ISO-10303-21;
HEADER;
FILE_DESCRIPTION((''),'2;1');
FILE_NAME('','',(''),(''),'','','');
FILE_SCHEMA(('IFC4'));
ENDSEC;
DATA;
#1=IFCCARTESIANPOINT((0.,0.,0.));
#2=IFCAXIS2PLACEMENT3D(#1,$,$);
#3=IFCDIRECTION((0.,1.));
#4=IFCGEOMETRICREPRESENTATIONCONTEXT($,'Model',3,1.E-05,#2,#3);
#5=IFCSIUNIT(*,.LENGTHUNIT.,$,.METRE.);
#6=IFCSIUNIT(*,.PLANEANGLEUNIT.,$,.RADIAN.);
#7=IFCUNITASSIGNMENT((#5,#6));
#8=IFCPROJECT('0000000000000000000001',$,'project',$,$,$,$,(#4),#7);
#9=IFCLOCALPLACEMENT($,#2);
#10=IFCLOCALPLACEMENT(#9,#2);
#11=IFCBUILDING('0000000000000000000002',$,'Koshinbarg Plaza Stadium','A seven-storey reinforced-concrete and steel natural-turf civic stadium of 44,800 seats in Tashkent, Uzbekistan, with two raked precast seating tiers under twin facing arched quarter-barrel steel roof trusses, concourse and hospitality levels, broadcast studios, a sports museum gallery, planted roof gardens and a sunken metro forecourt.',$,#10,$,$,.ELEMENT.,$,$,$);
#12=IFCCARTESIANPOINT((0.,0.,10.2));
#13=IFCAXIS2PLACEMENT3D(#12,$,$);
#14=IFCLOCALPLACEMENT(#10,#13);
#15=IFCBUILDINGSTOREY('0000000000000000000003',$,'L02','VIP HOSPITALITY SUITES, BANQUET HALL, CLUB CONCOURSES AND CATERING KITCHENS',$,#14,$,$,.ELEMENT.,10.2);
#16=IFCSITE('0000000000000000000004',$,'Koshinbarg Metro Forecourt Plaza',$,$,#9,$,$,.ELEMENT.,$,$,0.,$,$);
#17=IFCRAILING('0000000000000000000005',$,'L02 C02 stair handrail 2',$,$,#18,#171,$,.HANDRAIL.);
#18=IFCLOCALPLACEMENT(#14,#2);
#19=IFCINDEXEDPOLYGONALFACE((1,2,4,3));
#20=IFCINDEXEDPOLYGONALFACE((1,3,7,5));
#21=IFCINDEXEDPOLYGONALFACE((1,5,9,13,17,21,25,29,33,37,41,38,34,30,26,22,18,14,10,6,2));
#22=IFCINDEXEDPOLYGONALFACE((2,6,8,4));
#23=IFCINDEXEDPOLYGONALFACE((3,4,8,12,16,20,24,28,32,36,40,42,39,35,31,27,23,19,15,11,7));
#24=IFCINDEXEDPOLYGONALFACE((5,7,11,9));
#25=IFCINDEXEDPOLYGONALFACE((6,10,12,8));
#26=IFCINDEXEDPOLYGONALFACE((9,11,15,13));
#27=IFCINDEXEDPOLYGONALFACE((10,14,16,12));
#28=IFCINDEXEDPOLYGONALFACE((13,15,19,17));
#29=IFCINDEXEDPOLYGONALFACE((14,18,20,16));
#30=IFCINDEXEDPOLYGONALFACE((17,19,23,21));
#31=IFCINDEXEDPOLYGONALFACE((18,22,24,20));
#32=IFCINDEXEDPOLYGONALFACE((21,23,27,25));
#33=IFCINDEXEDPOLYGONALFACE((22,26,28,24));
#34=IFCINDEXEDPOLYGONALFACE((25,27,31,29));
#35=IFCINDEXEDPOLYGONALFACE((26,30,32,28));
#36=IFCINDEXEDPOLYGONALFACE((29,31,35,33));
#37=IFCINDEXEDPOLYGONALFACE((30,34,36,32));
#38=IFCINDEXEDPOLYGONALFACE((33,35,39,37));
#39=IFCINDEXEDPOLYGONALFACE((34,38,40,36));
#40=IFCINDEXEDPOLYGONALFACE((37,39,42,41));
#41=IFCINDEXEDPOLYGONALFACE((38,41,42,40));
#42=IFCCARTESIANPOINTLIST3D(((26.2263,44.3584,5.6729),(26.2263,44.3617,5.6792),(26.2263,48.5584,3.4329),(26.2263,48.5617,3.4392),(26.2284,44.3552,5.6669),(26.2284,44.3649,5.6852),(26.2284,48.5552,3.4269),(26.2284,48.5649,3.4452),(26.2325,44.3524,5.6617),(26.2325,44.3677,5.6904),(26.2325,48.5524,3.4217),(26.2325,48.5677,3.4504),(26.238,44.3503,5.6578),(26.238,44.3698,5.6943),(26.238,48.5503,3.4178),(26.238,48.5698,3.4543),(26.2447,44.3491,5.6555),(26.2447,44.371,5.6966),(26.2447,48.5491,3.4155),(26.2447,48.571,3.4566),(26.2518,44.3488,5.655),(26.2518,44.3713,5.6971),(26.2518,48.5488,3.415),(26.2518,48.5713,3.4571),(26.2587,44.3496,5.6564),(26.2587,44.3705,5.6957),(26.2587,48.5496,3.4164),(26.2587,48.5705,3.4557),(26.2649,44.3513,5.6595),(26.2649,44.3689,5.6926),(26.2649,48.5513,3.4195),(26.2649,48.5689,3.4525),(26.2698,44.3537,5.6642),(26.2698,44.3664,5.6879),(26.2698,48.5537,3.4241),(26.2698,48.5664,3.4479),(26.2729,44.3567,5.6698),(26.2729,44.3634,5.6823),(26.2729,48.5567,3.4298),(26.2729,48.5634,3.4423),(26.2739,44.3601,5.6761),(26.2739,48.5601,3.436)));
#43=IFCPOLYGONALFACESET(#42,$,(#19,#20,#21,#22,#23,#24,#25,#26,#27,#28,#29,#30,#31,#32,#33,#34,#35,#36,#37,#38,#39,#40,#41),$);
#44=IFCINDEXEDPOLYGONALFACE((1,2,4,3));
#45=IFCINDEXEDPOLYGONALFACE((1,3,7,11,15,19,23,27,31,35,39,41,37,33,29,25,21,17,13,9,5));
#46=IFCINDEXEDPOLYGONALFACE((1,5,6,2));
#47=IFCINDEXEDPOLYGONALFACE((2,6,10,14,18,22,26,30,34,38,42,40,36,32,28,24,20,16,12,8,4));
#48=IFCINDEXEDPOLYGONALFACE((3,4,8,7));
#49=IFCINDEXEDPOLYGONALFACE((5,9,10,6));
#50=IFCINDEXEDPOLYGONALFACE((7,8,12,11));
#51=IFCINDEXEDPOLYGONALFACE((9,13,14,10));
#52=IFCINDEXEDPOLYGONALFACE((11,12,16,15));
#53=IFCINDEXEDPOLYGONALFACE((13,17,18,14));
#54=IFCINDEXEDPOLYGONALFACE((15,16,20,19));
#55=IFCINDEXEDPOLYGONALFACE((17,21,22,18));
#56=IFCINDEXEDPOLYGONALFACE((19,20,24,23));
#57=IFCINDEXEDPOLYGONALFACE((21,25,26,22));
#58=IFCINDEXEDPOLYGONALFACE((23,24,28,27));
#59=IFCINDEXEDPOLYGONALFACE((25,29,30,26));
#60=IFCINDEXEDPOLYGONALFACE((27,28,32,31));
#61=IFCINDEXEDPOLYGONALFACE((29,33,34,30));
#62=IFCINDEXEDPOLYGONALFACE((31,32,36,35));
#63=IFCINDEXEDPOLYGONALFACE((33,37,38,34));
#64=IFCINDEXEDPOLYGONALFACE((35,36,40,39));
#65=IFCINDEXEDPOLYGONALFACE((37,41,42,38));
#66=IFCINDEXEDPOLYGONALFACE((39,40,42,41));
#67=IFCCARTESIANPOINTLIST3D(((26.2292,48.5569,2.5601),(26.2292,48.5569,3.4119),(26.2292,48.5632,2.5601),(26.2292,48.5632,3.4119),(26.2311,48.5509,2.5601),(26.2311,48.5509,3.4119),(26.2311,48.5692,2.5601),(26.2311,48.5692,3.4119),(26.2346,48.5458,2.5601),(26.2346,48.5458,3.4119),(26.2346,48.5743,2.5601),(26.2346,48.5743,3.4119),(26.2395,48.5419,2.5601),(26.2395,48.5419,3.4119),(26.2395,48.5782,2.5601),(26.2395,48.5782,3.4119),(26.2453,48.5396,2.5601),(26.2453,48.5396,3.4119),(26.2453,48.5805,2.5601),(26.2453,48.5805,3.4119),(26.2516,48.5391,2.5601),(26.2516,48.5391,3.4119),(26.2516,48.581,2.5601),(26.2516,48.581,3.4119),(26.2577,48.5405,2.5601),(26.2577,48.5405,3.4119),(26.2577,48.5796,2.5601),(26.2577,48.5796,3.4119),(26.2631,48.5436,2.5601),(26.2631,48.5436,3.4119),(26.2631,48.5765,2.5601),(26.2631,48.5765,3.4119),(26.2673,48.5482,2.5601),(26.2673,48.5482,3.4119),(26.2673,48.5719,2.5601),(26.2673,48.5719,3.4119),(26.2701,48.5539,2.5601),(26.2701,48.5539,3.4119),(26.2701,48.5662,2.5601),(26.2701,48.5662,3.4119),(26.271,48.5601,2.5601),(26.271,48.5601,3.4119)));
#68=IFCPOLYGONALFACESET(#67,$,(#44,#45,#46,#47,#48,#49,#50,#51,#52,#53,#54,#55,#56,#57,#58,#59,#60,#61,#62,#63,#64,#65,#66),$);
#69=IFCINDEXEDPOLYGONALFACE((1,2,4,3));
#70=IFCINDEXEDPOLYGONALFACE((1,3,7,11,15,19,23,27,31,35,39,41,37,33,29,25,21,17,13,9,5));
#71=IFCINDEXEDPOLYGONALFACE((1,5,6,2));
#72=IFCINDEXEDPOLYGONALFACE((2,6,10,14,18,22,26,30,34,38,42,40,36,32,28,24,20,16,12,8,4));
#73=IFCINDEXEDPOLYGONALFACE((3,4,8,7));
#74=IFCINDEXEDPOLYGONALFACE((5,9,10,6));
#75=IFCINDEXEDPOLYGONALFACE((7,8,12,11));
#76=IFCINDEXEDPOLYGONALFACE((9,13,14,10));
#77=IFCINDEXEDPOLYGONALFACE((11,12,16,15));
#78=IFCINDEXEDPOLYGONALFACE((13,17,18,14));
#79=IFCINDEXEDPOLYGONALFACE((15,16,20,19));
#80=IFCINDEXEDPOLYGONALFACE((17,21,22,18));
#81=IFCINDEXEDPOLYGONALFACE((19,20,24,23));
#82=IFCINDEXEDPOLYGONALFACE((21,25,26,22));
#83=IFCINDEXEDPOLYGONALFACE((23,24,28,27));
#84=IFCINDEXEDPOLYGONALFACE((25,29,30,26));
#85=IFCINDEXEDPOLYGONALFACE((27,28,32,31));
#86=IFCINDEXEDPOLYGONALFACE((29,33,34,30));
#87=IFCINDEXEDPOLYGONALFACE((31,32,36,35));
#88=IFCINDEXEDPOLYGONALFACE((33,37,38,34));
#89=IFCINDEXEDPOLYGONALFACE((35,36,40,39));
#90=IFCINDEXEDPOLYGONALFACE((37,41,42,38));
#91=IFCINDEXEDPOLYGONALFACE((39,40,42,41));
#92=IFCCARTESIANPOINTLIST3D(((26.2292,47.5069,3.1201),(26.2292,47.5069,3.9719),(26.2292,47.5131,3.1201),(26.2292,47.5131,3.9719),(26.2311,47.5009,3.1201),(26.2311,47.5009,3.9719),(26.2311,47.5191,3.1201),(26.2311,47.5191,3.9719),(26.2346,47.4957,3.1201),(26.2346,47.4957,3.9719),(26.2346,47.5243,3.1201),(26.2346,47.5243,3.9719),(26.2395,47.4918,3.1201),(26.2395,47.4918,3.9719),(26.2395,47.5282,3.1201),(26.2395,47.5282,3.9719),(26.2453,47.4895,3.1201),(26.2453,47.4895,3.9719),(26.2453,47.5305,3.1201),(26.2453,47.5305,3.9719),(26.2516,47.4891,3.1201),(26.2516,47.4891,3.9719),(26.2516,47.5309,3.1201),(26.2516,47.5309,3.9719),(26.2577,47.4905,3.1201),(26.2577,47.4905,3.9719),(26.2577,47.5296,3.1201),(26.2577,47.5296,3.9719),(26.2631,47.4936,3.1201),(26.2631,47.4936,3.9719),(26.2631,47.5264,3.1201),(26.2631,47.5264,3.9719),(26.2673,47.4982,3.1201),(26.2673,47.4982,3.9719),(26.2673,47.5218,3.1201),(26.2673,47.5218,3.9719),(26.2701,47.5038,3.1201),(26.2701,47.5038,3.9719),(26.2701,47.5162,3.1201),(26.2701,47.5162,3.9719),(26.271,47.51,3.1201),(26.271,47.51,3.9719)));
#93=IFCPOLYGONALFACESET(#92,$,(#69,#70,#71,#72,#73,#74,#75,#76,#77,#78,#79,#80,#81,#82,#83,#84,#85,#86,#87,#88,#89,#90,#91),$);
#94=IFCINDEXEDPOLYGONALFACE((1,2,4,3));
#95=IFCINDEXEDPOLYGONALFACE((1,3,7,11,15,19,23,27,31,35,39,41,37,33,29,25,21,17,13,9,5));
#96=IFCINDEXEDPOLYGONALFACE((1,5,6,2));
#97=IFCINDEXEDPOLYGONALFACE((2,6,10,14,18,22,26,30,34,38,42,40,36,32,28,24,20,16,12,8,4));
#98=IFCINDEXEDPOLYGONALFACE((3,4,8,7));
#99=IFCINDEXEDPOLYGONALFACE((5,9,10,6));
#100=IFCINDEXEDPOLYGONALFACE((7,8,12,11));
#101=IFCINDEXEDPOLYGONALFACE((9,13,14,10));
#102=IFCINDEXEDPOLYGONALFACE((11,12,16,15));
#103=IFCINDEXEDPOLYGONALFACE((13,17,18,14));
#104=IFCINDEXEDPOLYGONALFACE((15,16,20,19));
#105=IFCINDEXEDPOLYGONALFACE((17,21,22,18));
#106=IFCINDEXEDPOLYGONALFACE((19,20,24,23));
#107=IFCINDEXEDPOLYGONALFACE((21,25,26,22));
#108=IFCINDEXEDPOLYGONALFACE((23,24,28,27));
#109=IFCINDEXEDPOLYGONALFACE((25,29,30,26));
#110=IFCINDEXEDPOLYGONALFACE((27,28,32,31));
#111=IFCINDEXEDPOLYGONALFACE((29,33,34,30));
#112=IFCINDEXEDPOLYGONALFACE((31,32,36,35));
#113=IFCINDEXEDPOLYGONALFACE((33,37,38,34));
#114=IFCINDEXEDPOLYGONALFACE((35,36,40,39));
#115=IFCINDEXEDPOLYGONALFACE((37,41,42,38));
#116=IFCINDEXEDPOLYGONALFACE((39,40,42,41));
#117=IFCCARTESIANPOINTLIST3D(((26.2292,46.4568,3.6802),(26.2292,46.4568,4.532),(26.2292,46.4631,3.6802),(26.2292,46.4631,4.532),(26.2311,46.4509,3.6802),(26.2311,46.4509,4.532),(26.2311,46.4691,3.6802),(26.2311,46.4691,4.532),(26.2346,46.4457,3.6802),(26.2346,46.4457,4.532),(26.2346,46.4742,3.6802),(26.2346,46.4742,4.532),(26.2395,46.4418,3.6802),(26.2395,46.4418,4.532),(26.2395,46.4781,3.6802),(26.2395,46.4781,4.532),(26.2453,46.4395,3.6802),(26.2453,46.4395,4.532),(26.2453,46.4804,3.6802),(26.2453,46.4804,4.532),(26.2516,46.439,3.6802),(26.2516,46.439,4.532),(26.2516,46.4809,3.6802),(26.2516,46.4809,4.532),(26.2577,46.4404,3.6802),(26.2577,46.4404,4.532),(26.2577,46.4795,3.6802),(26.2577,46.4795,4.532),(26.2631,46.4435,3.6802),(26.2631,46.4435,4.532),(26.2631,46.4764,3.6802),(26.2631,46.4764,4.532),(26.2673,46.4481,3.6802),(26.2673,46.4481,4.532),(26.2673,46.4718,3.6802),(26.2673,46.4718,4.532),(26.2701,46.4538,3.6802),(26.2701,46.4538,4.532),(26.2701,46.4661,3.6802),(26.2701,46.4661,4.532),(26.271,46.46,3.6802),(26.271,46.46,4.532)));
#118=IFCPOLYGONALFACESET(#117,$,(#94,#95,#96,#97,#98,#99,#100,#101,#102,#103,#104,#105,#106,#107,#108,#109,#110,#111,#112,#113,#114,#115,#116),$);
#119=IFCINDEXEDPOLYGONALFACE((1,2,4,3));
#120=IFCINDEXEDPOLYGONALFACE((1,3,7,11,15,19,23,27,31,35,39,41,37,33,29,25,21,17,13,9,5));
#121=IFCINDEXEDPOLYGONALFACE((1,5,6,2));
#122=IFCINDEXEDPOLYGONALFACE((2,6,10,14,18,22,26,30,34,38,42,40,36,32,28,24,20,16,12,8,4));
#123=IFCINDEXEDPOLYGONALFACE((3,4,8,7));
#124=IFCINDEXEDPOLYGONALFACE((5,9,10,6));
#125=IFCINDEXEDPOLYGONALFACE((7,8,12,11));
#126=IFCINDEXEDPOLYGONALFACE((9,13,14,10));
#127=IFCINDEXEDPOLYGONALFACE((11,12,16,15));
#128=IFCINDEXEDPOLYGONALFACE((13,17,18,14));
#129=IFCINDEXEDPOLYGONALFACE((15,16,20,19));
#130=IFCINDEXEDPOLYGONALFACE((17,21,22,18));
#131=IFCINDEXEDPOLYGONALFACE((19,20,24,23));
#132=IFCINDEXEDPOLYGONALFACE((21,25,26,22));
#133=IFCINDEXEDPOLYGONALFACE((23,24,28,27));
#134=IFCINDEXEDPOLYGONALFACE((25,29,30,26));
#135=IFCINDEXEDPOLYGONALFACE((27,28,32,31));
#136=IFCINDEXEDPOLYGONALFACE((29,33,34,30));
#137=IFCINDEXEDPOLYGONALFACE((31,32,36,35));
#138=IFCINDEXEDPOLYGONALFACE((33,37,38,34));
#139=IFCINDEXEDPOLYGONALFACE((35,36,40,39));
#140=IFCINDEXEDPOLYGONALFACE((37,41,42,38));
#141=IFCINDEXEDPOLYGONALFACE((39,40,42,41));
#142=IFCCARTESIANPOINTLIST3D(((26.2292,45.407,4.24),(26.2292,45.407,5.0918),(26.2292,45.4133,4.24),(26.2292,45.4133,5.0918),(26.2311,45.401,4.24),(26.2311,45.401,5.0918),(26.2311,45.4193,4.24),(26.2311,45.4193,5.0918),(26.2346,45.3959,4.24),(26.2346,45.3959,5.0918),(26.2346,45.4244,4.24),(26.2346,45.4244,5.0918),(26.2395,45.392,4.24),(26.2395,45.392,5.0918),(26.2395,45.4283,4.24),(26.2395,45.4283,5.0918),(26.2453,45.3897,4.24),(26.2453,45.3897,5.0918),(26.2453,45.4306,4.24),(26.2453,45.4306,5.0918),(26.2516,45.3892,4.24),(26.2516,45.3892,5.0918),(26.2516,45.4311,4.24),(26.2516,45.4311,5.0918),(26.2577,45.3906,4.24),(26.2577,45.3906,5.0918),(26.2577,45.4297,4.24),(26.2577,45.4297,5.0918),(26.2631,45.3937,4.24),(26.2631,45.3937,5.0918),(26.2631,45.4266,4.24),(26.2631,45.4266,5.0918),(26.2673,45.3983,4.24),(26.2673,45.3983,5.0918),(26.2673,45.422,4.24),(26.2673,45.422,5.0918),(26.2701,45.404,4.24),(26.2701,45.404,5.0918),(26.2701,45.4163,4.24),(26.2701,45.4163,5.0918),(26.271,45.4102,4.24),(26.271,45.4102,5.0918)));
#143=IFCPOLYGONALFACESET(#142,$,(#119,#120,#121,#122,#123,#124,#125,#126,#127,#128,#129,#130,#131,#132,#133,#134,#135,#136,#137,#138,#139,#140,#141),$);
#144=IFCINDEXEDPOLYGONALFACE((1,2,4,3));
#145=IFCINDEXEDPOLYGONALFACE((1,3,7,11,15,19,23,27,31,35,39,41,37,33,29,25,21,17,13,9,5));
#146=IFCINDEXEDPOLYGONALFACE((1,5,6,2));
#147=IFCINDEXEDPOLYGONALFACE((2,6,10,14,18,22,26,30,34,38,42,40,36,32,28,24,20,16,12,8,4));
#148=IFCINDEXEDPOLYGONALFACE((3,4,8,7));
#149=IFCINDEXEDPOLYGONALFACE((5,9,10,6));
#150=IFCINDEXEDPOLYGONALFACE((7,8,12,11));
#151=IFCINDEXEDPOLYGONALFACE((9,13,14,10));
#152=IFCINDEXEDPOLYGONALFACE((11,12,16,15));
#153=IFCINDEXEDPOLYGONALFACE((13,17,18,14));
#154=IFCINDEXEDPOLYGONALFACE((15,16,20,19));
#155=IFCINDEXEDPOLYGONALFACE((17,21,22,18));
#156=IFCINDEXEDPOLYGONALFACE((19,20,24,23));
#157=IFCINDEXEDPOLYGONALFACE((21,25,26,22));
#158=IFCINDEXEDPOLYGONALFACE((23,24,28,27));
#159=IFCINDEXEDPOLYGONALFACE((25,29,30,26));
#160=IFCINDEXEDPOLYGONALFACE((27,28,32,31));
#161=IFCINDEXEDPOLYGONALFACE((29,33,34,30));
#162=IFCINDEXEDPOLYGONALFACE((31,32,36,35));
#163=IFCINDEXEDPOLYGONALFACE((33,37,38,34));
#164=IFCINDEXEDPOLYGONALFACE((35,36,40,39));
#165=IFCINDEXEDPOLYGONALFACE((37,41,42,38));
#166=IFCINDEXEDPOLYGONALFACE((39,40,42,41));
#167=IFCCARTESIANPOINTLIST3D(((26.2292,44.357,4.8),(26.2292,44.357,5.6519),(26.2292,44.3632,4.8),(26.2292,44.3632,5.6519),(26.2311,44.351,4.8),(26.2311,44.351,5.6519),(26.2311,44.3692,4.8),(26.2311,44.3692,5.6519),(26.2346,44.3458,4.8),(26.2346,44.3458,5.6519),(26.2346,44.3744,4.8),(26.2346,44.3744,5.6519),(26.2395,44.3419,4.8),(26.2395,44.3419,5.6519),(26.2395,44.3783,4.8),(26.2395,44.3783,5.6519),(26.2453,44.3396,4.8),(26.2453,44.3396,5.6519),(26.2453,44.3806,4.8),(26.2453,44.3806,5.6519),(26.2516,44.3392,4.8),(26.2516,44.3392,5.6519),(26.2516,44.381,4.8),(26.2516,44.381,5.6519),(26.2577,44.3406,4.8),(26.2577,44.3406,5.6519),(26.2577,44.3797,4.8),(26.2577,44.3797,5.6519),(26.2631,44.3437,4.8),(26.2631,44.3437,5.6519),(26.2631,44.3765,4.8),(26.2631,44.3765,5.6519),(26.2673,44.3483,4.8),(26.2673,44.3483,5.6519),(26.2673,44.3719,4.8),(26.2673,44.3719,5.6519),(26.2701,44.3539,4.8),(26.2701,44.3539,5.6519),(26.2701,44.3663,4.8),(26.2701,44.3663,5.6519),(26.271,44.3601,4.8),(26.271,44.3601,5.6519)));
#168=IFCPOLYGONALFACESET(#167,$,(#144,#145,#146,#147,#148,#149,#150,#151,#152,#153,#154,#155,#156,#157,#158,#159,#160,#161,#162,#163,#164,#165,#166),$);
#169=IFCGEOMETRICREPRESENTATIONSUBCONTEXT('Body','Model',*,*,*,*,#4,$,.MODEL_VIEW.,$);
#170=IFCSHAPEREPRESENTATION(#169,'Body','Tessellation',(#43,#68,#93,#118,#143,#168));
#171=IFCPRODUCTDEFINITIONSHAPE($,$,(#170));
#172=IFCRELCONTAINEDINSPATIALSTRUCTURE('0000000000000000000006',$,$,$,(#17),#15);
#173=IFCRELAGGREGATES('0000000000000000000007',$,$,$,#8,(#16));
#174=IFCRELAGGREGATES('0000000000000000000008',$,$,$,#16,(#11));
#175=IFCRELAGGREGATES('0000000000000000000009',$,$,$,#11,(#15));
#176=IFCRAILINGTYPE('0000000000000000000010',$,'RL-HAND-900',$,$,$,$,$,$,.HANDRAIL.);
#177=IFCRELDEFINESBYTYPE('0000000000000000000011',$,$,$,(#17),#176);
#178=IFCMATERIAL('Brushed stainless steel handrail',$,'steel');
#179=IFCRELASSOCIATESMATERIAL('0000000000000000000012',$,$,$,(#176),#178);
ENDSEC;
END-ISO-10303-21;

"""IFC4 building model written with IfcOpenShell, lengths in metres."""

from ifc_helpers import new_model, si_unit, direction, frame, origin, origin_2d, place, context, subcontext, project, spatial, circle, extrude, material, type_object, element, save


model = new_model("IFC4")

# Units and contexts
model_context = context("Model", 3, precision=1e-05, world=origin(), true_north=direction((0.0, 1.0)))
body_context = subcontext(model_context, "Body", "Model", "MODEL_VIEW")
ifc_project = project(units=[si_unit("LENGTHUNIT", "METRE"), si_unit("PLANEANGLEUNIT", "RADIAN")], contexts=[model_context])

# Site, building, storey
site_placement = place(None, origin())
site = spatial("IfcSite", under=ifc_project, at=site_placement, Name="Koshinbarg Metro Forecourt Plaza", CompositionType="ELEMENT", RefElevation=0.0)
building_placement = place(site_placement, origin())
building = spatial("IfcBuilding", under=site, at=building_placement, Name="Koshinbarg Plaza Stadium", Description="A seven-storey reinforced-concrete and steel natural-turf civic stadium of 44,800 seats in Tashkent, Uzbekistan, with two raked precast seating tiers under twin facing arched quarter-barrel steel roof trusses, concourse and hospitality levels, broadcast studios, a sports museum gallery, planted roof gardens and a sunken metro forecourt.", CompositionType="ELEMENT")
storey_placement = place(building_placement, frame((0.0, 0.0, 10.2)))
storey = spatial("IfcBuildingStorey", under=building, at=storey_placement, Name="L02", Description="VIP HOSPITALITY SUITES, BANQUET HALL, CLUB CONCOURSES AND CATERING KITCHENS", CompositionType="ELEMENT", Elevation=10.2)

# Railing
ifc_material_1 = material(Name="Brushed stainless steel handrail", Category="steel")
railing_type_1 = type_object("IfcRailingType", Name="RL-HAND-900", PredefinedType="HANDRAIL", material=ifc_material_1)
railing_1_placement = place(storey_placement, frame((26.25, 48.5601, 2.5601)))
element("IfcRailing", 1, at=railing_1_placement, inside=storey, type_object=railing_type_1, Name="L02 C02 stair handrail 2", PredefinedType="HANDRAIL", context=body_context, shape_type="SweptSolid", body=[
    extrude(circle(Radius=0.0239, at=origin_2d()), frame((0.0, 0.0, 0.876), z_axis=(0.0, -0.882352, 0.470591), x_axis=(1.0, 0.0, 0.0)), (0.0, 0.0, 1.0), 4.76),
    extrude(circle(Radius=0.021, at=origin_2d()), origin(), (0.0, 0.0, 1.0), 0.8518),
    extrude(circle(Radius=0.021, at=origin_2d()), frame((0.0, -1.05, 0.5601)), (0.0, 0.0, 1.0), 0.8518),
    extrude(circle(Radius=0.021, at=origin_2d()), frame((0.0, -2.1001, 1.1201)), (0.0, 0.0, 1.0), 0.8518),
    extrude(circle(Radius=0.021, at=origin_2d()), frame((0.0, -3.1499, 1.6799)), (0.0, 0.0, 1.0), 0.8518),
    extrude(circle(Radius=0.021, at=origin_2d()), frame((0.0, -4.2, 2.24)), (0.0, 0.0, 1.0), 0.8518),
])

save(model, "model.ifc")
